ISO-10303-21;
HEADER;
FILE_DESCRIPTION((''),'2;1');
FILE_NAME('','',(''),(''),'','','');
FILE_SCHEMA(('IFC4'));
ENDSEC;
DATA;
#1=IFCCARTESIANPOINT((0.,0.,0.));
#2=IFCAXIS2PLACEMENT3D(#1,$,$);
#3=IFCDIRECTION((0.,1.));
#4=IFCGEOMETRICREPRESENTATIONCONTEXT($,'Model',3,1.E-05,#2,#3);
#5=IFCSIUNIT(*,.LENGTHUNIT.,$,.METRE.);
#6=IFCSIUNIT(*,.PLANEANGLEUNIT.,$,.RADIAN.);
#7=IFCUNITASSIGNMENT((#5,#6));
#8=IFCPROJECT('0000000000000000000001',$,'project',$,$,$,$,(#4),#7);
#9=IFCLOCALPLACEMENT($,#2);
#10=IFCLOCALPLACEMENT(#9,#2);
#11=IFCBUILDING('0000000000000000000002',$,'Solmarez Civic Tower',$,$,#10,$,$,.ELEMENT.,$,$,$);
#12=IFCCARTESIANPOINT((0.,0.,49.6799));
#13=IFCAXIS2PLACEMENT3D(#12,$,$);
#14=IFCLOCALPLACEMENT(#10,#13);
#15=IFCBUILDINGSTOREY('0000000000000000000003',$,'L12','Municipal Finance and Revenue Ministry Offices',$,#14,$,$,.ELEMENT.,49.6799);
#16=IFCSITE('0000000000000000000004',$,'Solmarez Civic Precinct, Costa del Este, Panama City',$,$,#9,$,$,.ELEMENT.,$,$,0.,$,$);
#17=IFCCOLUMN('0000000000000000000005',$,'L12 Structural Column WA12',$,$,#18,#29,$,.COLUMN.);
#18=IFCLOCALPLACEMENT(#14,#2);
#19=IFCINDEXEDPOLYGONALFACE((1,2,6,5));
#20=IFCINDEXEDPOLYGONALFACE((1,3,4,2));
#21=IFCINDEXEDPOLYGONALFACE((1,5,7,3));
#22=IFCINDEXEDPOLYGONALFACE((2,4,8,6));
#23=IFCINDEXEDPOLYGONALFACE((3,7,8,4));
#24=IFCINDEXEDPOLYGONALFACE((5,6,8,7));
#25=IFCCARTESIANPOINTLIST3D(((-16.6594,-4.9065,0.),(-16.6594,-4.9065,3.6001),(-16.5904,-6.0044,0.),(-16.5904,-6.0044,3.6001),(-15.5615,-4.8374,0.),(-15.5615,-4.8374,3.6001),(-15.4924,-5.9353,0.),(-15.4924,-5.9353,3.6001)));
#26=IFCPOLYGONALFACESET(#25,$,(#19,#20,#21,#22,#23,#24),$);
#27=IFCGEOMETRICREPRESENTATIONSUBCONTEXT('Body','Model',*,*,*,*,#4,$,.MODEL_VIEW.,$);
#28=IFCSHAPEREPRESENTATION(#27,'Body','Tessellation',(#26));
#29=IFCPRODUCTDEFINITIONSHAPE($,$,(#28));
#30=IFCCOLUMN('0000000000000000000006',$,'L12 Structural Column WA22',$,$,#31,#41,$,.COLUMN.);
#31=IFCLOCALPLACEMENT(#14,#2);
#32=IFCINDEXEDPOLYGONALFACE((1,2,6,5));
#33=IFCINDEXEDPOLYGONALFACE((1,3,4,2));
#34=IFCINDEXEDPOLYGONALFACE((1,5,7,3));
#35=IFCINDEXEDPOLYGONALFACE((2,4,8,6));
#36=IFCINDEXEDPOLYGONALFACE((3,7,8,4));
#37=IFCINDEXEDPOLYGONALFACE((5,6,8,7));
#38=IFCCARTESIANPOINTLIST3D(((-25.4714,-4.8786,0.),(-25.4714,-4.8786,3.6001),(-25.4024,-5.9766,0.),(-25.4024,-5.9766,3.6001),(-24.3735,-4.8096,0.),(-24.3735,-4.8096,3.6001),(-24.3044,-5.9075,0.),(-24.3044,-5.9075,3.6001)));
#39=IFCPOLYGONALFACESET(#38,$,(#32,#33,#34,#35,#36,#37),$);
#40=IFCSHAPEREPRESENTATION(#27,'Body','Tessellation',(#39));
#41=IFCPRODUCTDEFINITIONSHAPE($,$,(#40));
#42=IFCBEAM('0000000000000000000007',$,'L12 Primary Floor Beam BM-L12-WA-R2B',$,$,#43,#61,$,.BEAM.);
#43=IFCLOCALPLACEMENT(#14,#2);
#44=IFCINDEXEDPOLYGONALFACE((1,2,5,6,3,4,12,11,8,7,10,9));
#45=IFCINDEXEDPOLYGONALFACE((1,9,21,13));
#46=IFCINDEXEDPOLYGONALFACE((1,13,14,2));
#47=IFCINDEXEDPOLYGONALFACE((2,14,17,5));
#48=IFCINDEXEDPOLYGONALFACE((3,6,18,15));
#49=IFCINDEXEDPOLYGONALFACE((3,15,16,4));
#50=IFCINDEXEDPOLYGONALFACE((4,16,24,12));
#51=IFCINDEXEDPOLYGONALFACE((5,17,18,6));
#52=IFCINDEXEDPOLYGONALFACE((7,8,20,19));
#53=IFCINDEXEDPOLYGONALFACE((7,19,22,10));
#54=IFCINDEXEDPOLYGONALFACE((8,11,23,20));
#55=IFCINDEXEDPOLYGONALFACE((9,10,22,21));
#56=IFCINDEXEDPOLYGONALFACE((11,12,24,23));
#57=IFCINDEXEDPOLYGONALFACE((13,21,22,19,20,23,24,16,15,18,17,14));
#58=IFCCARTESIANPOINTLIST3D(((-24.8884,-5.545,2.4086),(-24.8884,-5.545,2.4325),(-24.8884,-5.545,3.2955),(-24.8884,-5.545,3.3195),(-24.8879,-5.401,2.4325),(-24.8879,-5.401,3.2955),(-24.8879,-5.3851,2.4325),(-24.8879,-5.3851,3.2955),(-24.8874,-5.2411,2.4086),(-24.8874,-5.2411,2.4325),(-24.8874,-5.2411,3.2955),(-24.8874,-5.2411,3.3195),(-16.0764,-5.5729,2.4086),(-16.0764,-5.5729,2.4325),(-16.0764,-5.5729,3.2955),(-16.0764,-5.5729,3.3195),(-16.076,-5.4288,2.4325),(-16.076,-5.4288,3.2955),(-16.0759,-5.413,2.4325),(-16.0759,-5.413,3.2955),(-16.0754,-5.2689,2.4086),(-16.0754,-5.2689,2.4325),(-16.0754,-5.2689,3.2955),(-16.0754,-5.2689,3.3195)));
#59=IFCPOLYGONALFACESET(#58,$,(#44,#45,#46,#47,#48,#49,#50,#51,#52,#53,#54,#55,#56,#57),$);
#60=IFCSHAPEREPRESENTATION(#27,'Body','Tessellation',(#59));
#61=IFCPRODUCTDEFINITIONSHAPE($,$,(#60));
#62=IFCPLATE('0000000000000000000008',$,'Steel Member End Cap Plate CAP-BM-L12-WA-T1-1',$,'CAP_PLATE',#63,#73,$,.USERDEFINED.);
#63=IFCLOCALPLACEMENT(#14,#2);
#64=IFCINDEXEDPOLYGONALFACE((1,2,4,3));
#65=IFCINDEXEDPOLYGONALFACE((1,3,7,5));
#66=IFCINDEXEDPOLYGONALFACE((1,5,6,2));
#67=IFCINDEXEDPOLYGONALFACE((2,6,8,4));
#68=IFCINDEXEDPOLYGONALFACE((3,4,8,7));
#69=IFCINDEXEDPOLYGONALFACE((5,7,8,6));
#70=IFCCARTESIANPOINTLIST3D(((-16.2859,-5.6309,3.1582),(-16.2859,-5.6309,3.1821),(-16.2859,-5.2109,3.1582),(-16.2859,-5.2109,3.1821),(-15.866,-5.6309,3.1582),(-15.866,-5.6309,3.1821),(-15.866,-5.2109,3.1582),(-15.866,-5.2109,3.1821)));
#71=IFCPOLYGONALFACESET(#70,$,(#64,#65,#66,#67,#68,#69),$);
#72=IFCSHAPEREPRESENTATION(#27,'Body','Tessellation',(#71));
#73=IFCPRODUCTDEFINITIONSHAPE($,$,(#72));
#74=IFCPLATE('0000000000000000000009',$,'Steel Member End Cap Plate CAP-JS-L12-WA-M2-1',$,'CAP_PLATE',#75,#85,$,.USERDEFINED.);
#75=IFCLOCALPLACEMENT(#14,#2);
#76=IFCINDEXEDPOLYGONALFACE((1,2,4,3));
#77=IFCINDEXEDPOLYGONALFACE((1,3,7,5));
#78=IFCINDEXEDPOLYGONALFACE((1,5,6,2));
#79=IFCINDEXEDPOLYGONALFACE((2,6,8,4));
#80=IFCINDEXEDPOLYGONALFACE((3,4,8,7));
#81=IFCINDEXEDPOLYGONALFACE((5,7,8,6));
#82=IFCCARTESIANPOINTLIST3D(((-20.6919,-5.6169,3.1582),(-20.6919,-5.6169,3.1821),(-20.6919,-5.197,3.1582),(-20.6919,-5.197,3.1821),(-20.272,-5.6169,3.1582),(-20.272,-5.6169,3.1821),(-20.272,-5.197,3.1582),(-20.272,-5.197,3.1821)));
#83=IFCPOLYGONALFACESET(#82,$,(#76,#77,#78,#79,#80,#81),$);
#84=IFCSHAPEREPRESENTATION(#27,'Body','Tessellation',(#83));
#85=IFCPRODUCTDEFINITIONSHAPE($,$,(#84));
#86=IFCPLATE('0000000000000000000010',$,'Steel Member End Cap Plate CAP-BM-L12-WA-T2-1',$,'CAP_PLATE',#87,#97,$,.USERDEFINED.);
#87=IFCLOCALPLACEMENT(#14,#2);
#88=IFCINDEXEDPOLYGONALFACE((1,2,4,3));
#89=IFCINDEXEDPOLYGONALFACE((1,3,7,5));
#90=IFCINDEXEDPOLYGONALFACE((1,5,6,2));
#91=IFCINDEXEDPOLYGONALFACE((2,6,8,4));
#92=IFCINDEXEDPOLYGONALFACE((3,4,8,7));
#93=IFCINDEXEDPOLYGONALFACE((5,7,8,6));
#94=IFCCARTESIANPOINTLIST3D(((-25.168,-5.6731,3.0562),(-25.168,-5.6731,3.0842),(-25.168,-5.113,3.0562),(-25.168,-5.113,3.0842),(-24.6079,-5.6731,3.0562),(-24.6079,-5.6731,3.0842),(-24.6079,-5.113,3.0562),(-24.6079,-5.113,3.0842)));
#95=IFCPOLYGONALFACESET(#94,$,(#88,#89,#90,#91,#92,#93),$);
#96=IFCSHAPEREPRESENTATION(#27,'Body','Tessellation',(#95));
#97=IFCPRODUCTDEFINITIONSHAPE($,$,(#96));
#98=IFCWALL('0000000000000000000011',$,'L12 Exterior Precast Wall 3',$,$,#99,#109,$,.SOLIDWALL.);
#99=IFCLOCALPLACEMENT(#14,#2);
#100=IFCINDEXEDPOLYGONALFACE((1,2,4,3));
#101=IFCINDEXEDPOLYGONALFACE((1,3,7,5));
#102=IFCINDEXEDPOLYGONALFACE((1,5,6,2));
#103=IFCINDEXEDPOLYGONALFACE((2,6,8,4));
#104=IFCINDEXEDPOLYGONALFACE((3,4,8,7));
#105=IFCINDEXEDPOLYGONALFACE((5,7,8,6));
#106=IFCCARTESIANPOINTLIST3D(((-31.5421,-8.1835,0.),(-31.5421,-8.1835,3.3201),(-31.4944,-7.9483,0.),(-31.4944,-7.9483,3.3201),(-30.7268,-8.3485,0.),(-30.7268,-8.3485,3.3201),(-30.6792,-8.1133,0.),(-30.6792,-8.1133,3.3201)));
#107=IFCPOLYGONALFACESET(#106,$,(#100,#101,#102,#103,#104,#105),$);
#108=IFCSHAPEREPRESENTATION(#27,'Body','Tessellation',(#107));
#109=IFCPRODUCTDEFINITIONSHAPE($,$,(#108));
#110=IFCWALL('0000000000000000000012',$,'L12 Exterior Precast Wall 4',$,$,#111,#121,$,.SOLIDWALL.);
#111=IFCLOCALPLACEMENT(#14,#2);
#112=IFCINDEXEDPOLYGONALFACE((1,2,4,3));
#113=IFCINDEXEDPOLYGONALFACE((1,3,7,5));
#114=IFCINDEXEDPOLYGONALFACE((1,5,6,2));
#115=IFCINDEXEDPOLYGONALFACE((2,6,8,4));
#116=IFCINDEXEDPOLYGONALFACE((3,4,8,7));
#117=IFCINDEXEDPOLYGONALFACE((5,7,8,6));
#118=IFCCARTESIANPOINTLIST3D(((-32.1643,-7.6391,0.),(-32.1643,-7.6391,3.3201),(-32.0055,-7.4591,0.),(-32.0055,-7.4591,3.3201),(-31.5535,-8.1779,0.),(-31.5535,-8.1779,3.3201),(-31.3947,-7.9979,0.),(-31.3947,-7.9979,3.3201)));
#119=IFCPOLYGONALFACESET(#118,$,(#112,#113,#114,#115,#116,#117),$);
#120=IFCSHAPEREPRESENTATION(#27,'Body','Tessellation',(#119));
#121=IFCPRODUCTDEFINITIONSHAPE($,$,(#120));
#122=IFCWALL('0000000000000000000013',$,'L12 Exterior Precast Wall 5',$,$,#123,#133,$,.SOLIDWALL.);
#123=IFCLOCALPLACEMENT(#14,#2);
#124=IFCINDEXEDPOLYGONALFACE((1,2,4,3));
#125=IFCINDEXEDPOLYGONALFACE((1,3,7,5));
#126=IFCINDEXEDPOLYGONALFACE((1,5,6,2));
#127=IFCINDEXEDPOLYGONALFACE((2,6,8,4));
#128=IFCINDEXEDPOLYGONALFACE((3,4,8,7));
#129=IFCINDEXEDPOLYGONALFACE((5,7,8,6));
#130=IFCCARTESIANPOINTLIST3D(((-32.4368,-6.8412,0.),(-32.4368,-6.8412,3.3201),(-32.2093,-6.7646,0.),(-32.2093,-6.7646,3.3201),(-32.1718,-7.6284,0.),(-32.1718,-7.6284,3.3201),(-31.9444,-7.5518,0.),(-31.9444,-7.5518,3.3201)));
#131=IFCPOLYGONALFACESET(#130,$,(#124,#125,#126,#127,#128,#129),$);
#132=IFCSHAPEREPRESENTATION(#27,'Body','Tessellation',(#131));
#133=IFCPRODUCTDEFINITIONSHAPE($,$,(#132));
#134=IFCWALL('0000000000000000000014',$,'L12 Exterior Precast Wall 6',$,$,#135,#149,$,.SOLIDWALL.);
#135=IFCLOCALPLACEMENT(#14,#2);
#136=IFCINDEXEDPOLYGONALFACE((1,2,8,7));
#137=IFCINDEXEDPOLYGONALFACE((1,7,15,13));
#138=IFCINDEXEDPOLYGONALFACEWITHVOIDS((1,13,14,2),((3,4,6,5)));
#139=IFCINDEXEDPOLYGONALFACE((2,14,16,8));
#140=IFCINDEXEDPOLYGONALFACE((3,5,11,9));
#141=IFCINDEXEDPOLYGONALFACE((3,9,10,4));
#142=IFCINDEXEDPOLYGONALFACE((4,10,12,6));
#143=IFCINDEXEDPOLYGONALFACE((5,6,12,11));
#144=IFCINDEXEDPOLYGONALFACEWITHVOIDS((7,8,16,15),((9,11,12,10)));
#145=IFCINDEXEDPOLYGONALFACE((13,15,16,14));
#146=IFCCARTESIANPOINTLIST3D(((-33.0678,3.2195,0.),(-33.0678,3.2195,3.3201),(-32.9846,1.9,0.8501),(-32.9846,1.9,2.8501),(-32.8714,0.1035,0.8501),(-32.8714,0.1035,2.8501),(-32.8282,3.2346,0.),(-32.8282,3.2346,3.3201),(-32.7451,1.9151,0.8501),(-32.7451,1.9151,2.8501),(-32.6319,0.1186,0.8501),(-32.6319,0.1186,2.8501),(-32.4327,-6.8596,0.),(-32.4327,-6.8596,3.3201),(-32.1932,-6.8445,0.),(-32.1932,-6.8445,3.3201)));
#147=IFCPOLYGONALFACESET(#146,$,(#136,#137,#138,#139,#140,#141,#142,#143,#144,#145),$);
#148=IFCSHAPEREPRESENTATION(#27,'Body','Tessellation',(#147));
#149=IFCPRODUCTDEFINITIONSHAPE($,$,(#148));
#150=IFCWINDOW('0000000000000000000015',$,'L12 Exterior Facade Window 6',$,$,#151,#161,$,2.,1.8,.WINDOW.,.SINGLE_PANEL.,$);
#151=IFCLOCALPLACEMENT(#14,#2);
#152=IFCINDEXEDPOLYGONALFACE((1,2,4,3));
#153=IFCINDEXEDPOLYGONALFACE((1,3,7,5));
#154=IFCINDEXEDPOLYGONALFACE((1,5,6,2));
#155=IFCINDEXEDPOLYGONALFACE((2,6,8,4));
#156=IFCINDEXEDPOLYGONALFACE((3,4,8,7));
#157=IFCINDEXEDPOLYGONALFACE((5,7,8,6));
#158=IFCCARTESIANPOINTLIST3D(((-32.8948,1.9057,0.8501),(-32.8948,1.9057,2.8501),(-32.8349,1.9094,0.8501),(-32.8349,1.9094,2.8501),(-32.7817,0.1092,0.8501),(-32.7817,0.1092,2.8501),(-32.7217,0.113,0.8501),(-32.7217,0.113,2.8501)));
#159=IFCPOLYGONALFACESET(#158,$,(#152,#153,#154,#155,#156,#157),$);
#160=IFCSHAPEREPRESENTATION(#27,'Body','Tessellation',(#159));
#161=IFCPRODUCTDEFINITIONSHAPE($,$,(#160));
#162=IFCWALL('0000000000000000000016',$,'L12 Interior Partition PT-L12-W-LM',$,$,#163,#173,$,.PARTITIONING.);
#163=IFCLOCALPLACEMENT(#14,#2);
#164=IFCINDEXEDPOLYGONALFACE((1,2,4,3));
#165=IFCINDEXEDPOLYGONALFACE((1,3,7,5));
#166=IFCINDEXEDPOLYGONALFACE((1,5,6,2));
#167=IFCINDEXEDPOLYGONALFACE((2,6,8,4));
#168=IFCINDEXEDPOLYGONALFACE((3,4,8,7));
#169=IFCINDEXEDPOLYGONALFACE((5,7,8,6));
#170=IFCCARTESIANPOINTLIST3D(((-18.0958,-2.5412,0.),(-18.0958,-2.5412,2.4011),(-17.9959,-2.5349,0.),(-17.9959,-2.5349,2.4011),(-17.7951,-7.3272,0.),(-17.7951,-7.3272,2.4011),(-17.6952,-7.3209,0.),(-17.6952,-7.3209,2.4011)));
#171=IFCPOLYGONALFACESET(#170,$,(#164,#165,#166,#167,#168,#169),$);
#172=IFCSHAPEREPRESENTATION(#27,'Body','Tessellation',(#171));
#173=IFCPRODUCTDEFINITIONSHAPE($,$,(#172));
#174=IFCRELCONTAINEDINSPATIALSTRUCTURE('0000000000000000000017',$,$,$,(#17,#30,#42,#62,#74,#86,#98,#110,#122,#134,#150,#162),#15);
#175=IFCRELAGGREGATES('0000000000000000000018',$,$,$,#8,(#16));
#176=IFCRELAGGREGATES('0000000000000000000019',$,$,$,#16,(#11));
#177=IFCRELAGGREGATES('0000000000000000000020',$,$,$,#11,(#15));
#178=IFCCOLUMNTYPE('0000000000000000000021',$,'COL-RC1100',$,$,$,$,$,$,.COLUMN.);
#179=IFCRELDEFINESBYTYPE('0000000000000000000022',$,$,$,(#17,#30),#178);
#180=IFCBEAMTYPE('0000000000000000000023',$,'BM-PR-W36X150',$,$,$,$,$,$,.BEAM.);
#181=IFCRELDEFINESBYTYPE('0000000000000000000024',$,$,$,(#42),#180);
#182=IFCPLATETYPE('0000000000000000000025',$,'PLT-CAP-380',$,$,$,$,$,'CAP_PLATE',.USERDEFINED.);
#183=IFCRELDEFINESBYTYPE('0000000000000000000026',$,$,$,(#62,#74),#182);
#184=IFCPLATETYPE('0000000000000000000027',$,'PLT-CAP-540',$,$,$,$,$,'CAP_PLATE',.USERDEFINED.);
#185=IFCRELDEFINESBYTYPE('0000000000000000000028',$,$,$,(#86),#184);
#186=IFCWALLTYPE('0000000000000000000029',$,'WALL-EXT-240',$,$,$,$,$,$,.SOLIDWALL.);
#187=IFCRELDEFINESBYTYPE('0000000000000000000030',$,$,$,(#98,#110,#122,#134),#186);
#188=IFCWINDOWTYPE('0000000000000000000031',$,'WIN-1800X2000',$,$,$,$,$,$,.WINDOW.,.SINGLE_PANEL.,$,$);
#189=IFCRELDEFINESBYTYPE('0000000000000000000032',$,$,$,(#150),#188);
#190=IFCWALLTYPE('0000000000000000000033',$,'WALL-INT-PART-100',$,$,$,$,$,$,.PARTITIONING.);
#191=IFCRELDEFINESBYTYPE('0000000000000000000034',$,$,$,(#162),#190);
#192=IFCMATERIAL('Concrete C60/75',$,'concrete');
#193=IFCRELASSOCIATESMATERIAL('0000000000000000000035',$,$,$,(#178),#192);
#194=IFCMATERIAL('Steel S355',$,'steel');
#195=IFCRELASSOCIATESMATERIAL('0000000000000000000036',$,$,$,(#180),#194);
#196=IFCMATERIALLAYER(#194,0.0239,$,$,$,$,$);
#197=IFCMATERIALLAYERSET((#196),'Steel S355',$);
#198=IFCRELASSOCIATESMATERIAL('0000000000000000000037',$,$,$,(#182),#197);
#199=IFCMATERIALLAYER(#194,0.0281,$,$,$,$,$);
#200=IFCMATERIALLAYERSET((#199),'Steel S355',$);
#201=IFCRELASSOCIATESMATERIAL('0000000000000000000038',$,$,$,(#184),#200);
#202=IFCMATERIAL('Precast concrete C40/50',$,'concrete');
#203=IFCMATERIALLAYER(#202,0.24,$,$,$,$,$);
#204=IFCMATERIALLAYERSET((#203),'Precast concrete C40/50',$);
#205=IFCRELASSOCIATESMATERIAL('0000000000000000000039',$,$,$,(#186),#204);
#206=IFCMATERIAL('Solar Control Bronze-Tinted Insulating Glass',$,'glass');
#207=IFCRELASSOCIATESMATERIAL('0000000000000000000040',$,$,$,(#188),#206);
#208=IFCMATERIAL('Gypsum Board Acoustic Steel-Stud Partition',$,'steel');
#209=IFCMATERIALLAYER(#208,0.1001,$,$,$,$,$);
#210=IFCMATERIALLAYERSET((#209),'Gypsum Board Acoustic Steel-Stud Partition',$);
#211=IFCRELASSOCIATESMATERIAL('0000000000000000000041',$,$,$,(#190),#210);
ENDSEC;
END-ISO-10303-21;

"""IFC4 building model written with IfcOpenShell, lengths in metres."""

from ifc_helpers import new_model, si_unit, direction, frame, frame_2d, origin, origin_2d, place, context, subcontext, project, spatial, rectangle, i_section, extrude, material, layer, layer_set, material_profile, profile_set, type_object, element, fill, save


model = new_model("IFC4")

# Units and contexts
model_context = context("Model", 3, precision=1e-05, world=origin(), true_north=direction((0.0, 1.0)))
body_context = subcontext(model_context, "Body", "Model", "MODEL_VIEW")
ifc_project = project(units=[si_unit("LENGTHUNIT", "METRE"), si_unit("PLANEANGLEUNIT", "RADIAN")], contexts=[model_context])

# Site, building, storey
site_placement = place(None, origin())
site = spatial("IfcSite", under=ifc_project, at=site_placement, Name="Solmarez Civic Precinct, Costa del Este, Panama City", CompositionType="ELEMENT", RefElevation=0.0)
building_placement = place(site_placement, origin())
building = spatial("IfcBuilding", under=site, at=building_placement, Name="Solmarez Civic Tower", CompositionType="ELEMENT")
storey_placement = place(building_placement, frame((0.0, 0.0, 49.6799)))
storey = spatial("IfcBuildingStorey", under=building, at=storey_placement, Name="L12", Description="Municipal Finance and Revenue Ministry Offices", CompositionType="ELEMENT", Elevation=49.6799)

# Columns
ifc_material_1 = material(Name="Concrete C60/75", Category="concrete")
ifc_material_profile_1 = material_profile(ifc_material_1, rectangle(XDim=1.1001, YDim=1.1001, at=origin_2d()), Name="RC1100X1100")
ifc_profile_set_1 = profile_set([ifc_material_profile_1], Name="Concrete C60/75")
column_type = type_object("IfcColumnType", Name="COL-RC1100", PredefinedType="COLUMN", material=ifc_profile_set_1)
for number, where, z_axis, x_axis, name in (
    (1, (-16.0759, -5.4209, 0.0), (0.0, 0.0, 1.0), (0.998027, 0.062791, 0.0), "L12 Structural Column WA12"),
    (2, (-24.8879, -5.3931, 0.0), (0.0, 0.0, 1.0), (0.998027, 0.062791, 0.0), "L12 Structural Column WA22"),
):
    element("IfcColumn", number, at=place(storey_placement, frame(where, z_axis=z_axis, x_axis=x_axis)), inside=storey, type_object=column_type, Name=name, PredefinedType="COLUMN", context=body_context, shape_type="SweptSolid", body=[
        extrude(rectangle(XDim=1.1001, YDim=1.1001, at=origin_2d()), origin(), (0.0, 0.0, 1.0), 3.6001),
    ])

# Beam
ifc_material_2 = material(Name="Steel S355", Category="steel")
ifc_material_profile_2 = material_profile(ifc_material_2, i_section(OverallWidth=0.304, OverallDepth=0.9109, WebThickness=0.0159, FlangeThickness=0.0239, at=origin_2d()), Name="W36X150")
ifc_profile_set_2 = profile_set([ifc_material_profile_2], Name="Steel S355")
beam_type = type_object("IfcBeamType", Name="BM-PR-W36X150", PredefinedType="BEAM", material=ifc_profile_set_2)
beam_placement = place(storey_placement, frame((-16.0759, -5.4209, 2.864), z_axis=(-0.999995, 0.003158, 0.0), x_axis=(-0.003158, -0.999995, 0.0)))
element("IfcBeam", 3, at=beam_placement, inside=storey, type_object=beam_type, Name="L12 Primary Floor Beam BM-L12-WA-R2B", PredefinedType="BEAM", context=body_context, shape_type="SweptSolid", body=[
    extrude(i_section(OverallWidth=0.304, OverallDepth=0.9109, WebThickness=0.0159, FlangeThickness=0.0239, at=origin_2d()), origin(), (0.0, 0.0, 1.0), 8.812),
])

# Plates
ifc_layer_1 = layer(ifc_material_2, 0.0239)
ifc_layer_set_1 = layer_set([ifc_layer_1], Name="Steel S355")
plate_type_1 = type_object("IfcPlateType", Name="PLT-CAP-380", ElementType="CAP_PLATE", PredefinedType="USERDEFINED", material=ifc_layer_set_1)
for number, where, z_axis, x_axis, name in (
    (4, (-16.0759, -5.4209, 3.1582), (0.0, 0.0, 1.0), (1.0, 0.0, 0.0), "Steel Member End Cap Plate CAP-BM-L12-WA-T1-1"),
    (5, (-20.4819, -5.407, 3.1582), (0.0, 0.0, 1.0), (1.0, 0.0, 0.0), "Steel Member End Cap Plate CAP-JS-L12-WA-M2-1"),
):
    element("IfcPlate", number, at=place(storey_placement, frame(where, z_axis=z_axis, x_axis=x_axis)), inside=storey, type_object=plate_type_1, Name=name, ObjectType="CAP_PLATE", PredefinedType="USERDEFINED", context=body_context, shape_type="SweptSolid", body=[
        extrude(rectangle(XDim=0.4199, YDim=0.4199, at=origin_2d()), origin(), (0.0, 0.0, 1.0), 0.0239),
    ])
ifc_layer_2 = layer(ifc_material_2, 0.0281)
ifc_layer_set_2 = layer_set([ifc_layer_2], Name="Steel S355")
plate_type_2 = type_object("IfcPlateType", Name="PLT-CAP-540", ElementType="CAP_PLATE", PredefinedType="USERDEFINED", material=ifc_layer_set_2)
plate_placement = place(storey_placement, frame((-24.8879, -5.3931, 3.0562), z_axis=(0.0, 0.0, 1.0), x_axis=(1.0, 0.0, 0.0)))
element("IfcPlate", 6, at=plate_placement, inside=storey, type_object=plate_type_2, Name="Steel Member End Cap Plate CAP-BM-L12-WA-T2-1", ObjectType="CAP_PLATE", PredefinedType="USERDEFINED", context=body_context, shape_type="SweptSolid", body=[
    extrude(rectangle(XDim=0.5601, YDim=0.5601, at=origin_2d()), origin(), (0.0, 0.0, 1.0), 0.0281),
])

# Walls
ifc_material_3 = material(Name="Precast concrete C40/50", Category="concrete")
ifc_layer_3 = layer(ifc_material_3, 0.24)
ifc_layer_set_3 = layer_set([ifc_layer_3], Name="Precast concrete C40/50")
wall_type_1 = type_object("IfcWallType", Name="WALL-EXT-240", PredefinedType="SOLIDWALL", material=ifc_layer_set_3)
wall_1_placement = place(storey_placement, frame((-30.7029, -8.231, 0.0), z_axis=(0.0, 0.0, 1.0), x_axis=(-0.980115, 0.19843, 0.0)))
element("IfcWall", 7, at=wall_1_placement, inside=storey, type_object=wall_type_1, Name="L12 Exterior Precast Wall 3", PredefinedType="SOLIDWALL", context=body_context, shape_type="SweptSolid", body=[
    extrude(rectangle(XDim=0.8318, YDim=0.24, at=frame_2d((0.416, 0.0))), origin(), (0.0, 0.0, 1.0), 3.3201),
])
wall_2_placement = place(storey_placement, frame((-31.4741, -8.0879, 0.0), z_axis=(0.0, 0.0, 1.0), x_axis=(-0.749934, 0.661513, 0.0)))
element("IfcWall", 8, at=wall_2_placement, inside=storey, type_object=wall_type_1, Name="L12 Exterior Precast Wall 4", PredefinedType="SOLIDWALL", context=body_context, shape_type="SweptSolid", body=[
    extrude(rectangle(XDim=0.8145, YDim=0.24, at=frame_2d((0.4072, 0.0))), origin(), (0.0, 0.0, 1.0), 3.3201),
])
wall_3_placement = place(storey_placement, frame((-32.0581, -7.5901, 0.0), z_axis=(0.0, 0.0, 1.0), x_axis=(-0.31896, 0.947768, 0.0)))
element("IfcWall", 9, at=wall_3_placement, inside=storey, type_object=wall_type_1, Name="L12 Exterior Precast Wall 5", PredefinedType="SOLIDWALL", context=body_context, shape_type="SweptSolid", body=[
    extrude(rectangle(XDim=0.8306, YDim=0.24, at=frame_2d((0.4153, 0.0))), origin(), (0.0, 0.0, 1.0), 3.3201),
])

# Wall, opening, window
wall_4_placement = place(storey_placement, frame((-32.313, -6.8521, 0.0), z_axis=(0.0, 0.0, 1.0), x_axis=(-0.062878, 0.998021, 0.0)))
wall_4 = element("IfcWall", 10, at=wall_4_placement, inside=storey, type_object=wall_type_1, Name="L12 Exterior Precast Wall 6", PredefinedType="SOLIDWALL", context=body_context, shape_type="SweptSolid", body=[
    extrude(rectangle(XDim=10.0991, YDim=0.24, at=frame_2d((5.0496, 0.0))), origin(), (0.0, 0.0, 1.0), 3.3201),
])
opening_1_placement = place(wall_4_placement, frame((6.9771, 0.0, 0.8501)))
opening_1 = element("IfcOpeningElement", 11, at=opening_1_placement, cuts=wall_4, PredefinedType="OPENING", context=body_context, shape_type="SweptSolid", body=[
    extrude(rectangle(XDim=1.8, YDim=2.0, at=frame_2d((0.8999, 1.0))), frame((0.0, 0.1299, 0.0), z_axis=(0.0, -1.0, 0.0), x_axis=(1.0, 0.0, 0.0)), (0.0, 0.0, 1.0), 0.26),
])
ifc_material_4 = material(Name="Solar Control Bronze-Tinted Insulating Glass", Category="glass")
window_type = type_object("IfcWindowType", Name="WIN-1800X2000", PartitioningType="SINGLE_PANEL", PredefinedType="WINDOW", material=ifc_material_4)
window_placement = place(opening_1_placement, origin())
window = element("IfcWindow", 12, at=window_placement, inside=storey, type_object=window_type, Name="L12 Exterior Facade Window 6", OverallHeight=2.0, OverallWidth=1.8, PartitioningType="SINGLE_PANEL", PredefinedType="WINDOW", context=body_context, shape_type="SweptSolid", body=[
    extrude(rectangle(XDim=1.8, YDim=2.0, at=frame_2d((0.8999, 1.0))), frame((0.0, 0.03, 0.0), z_axis=(0.0, -1.0, 0.0), x_axis=(1.0, 0.0, 0.0)), (0.0, 0.0, 1.0), 0.0601),
])
fill(opening_1, window)

# Wall
ifc_material_5 = material(Name="Gypsum Board Acoustic Steel-Stud Partition", Category="steel")
ifc_layer_4 = layer(ifc_material_5, 0.1001)
ifc_layer_set_4 = layer_set([ifc_layer_4], Name="Gypsum Board Acoustic Steel-Stud Partition")
wall_type_2 = type_object("IfcWallType", Name="WALL-INT-PART-100", PredefinedType="PARTITIONING", material=ifc_layer_set_4)
wall_5_placement = place(storey_placement, frame((-18.0459, -2.5381, 0.0), z_axis=(0.0, 0.0, 1.0), x_axis=(0.062724, -0.998031, 0.0)))
element("IfcWall", 13, at=wall_5_placement, inside=storey, type_object=wall_type_2, Name="L12 Interior Partition PT-L12-W-LM", PredefinedType="PARTITIONING", context=body_context, shape_type="SweptSolid", body=[
    extrude(rectangle(XDim=4.7954, YDim=0.1001, at=frame_2d((2.3977, 0.0))), origin(), (0.0, 0.0, 1.0), 2.4011),
])

save(model, "model.ifc")
